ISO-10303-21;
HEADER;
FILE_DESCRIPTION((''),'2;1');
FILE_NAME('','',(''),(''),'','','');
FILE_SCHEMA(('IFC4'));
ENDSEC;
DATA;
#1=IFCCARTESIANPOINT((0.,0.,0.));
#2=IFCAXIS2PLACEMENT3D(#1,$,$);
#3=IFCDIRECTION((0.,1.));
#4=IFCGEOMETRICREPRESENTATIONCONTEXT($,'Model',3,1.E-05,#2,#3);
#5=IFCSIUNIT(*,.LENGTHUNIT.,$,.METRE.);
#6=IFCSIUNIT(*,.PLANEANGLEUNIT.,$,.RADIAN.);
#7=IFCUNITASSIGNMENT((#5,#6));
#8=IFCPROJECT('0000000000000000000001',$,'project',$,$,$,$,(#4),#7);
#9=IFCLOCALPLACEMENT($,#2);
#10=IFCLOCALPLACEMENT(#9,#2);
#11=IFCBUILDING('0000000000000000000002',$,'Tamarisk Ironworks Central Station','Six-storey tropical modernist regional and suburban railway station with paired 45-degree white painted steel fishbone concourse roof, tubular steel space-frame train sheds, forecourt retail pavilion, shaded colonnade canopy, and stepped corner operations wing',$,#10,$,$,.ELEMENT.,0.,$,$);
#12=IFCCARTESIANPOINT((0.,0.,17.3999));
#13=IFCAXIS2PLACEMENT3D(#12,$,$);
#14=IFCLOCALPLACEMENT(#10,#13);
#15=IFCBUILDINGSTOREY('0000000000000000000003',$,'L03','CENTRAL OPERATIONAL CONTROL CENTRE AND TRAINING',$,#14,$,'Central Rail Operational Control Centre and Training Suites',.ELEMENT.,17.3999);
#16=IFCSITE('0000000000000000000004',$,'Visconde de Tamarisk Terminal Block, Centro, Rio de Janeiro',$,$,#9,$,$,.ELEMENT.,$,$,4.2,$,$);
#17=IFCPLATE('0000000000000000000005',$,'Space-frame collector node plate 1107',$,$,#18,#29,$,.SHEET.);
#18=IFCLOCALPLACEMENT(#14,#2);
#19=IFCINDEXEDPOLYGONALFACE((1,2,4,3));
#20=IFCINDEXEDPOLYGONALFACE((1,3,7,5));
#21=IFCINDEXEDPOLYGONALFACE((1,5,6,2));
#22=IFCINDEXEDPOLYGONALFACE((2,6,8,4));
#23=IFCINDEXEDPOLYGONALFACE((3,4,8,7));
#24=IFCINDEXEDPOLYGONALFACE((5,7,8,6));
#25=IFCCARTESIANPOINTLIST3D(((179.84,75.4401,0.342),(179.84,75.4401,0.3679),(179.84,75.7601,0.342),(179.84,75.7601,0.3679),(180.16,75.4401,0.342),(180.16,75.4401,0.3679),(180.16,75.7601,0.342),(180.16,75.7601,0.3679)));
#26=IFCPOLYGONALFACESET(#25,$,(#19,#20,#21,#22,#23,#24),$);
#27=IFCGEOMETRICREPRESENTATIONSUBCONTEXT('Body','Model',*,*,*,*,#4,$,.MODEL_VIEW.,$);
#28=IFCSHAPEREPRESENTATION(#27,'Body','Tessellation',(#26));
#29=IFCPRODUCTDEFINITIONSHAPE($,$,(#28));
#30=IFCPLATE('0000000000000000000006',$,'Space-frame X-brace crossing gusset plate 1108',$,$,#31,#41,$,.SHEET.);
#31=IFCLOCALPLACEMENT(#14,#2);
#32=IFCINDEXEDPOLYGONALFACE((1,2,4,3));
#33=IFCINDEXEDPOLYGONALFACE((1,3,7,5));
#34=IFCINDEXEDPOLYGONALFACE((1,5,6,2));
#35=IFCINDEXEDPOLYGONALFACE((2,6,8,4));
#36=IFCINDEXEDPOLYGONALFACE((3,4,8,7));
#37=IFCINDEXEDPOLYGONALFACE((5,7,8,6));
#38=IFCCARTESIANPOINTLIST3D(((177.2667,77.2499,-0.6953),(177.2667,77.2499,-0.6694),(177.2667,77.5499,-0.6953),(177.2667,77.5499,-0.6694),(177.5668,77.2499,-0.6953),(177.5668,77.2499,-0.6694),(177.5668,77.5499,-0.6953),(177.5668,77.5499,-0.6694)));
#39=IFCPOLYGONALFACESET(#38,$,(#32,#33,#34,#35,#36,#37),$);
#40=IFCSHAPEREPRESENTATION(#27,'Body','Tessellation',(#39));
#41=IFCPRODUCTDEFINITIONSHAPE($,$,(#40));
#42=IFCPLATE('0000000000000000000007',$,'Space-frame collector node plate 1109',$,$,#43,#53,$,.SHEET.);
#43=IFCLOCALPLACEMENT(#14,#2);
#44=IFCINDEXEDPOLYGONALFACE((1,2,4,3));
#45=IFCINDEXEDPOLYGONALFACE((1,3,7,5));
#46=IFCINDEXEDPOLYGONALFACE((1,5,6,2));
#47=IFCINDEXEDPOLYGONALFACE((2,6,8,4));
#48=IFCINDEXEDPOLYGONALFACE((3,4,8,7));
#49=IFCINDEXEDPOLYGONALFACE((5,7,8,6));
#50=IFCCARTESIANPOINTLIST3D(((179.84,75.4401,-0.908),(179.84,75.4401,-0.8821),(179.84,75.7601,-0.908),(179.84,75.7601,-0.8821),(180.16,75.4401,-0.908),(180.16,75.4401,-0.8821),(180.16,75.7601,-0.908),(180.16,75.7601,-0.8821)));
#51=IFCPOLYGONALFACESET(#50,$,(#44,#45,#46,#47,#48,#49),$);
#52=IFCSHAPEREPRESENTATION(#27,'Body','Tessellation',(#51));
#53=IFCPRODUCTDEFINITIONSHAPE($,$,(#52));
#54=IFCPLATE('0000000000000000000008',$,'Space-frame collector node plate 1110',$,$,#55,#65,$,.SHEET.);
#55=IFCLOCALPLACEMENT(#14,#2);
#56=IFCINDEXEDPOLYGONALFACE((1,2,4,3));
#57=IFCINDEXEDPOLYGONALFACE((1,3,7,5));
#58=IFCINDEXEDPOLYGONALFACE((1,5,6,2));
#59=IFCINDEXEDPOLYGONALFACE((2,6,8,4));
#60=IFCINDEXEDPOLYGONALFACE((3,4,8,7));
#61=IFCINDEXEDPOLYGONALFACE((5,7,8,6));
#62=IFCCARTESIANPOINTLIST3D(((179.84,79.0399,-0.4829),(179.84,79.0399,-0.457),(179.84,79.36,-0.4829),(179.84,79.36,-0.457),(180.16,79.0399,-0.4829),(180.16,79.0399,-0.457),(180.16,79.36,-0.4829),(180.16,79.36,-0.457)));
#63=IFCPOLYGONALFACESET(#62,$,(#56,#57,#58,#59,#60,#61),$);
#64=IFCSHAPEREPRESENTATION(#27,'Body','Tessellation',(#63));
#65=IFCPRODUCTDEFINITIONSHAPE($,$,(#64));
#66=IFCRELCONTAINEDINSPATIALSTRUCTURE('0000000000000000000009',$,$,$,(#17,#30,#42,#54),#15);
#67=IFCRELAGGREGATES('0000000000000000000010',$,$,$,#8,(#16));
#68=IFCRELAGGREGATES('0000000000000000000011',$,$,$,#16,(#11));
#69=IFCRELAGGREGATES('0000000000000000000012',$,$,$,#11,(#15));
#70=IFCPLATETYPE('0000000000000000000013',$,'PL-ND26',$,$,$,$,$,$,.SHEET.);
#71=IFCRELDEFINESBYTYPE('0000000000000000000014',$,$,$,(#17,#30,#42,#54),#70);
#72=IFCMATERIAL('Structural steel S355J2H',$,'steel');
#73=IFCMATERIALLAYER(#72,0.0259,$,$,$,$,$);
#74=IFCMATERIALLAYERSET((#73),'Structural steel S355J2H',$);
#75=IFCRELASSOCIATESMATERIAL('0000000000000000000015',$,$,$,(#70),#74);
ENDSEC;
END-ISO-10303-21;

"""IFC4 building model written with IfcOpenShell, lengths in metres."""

from ifc_helpers import new_model, si_unit, direction, frame, origin, origin_2d, place, context, subcontext, project, spatial, rectangle, extrude, material, layer, layer_set, type_object, element, save


model = new_model("IFC4")

# Units and contexts
model_context = context("Model", 3, precision=1e-05, world=origin(), true_north=direction((0.0, 1.0)))
body_context = subcontext(model_context, "Body", "Model", "MODEL_VIEW")
ifc_project = project(units=[si_unit("LENGTHUNIT", "METRE"), si_unit("PLANEANGLEUNIT", "RADIAN")], contexts=[model_context])

# Site, building, storey
site_placement = place(None, origin())
site = spatial("IfcSite", under=ifc_project, at=site_placement, Name="Visconde de Tamarisk Terminal Block, Centro, Rio de Janeiro", CompositionType="ELEMENT", RefElevation=4.2)
building_placement = place(site_placement, origin())
building = spatial("IfcBuilding", under=site, at=building_placement, Name="Tamarisk Ironworks Central Station", Description="Six-storey tropical modernist regional and suburban railway station with paired 45-degree white painted steel fishbone concourse roof, tubular steel space-frame train sheds, forecourt retail pavilion, shaded colonnade canopy, and stepped corner operations wing", CompositionType="ELEMENT", ElevationOfRefHeight=0.0)
storey_placement = place(building_placement, frame((0.0, 0.0, 17.3999)))
storey = spatial("IfcBuildingStorey", under=building, at=storey_placement, Name="L03", Description="CENTRAL OPERATIONAL CONTROL CENTRE AND TRAINING", LongName="Central Rail Operational Control Centre and Training Suites", CompositionType="ELEMENT", Elevation=17.3999)

# Shared definitions
ifc_material_1 = material(Name="Structural steel S355J2H", Category="steel")

# Plates
ifc_layer_1 = layer(ifc_material_1, 0.0259)
ifc_layer_set_1 = layer_set([ifc_layer_1], Name="Structural steel S355J2H")
plate_type = type_object("IfcPlateType", Name="PL-ND26", PredefinedType="SHEET", material=ifc_layer_set_1)
for number, where, z_axis, x_axis, name in (
    (1, (180.0, 75.6001, 0.342), (0.0, 0.0, 1.0), (1.0, 0.0, 0.0), "Space-frame collector node plate 1107"),
):
    element("IfcPlate", number, at=place(storey_placement, frame(where, z_axis=z_axis, x_axis=x_axis)), inside=storey, type_object=plate_type, Name=name, PredefinedType="SHEET", context=body_context, shape_type="SweptSolid", body=[
        extrude(rectangle(XDim=0.3201, YDim=0.3201, at=origin_2d()), origin(), (0.0, 0.0, 1.0), 0.0259),
    ])
plate_1_placement = place(storey_placement, frame((177.4167, 77.3999, -0.6953), z_axis=(0.0, 0.0, 1.0), x_axis=(1.0, 0.0, 0.0)))
element("IfcPlate", 2, at=plate_1_placement, inside=storey, type_object=plate_type, Name="Space-frame X-brace crossing gusset plate 1108", PredefinedType="SHEET", context=body_context, shape_type="SweptSolid", body=[
    extrude(rectangle(XDim=0.3, YDim=0.3, at=origin_2d()), origin(), (0.0, 0.0, 1.0), 0.0259),
])
for number, where, z_axis, x_axis, name in (
    (3, (180.0, 75.6001, -0.908), (0.0, 0.0, 1.0), (1.0, 0.0, 0.0), "Space-frame collector node plate 1109"),
    (4, (180.0, 79.2, -0.4829), (0.0, 0.0, 1.0), (1.0, 0.0, 0.0), "Space-frame collector node plate 1110"),
):
    element("IfcPlate", number, at=place(storey_placement, frame(where, z_axis=z_axis, x_axis=x_axis)), inside=storey, type_object=plate_type, Name=name, PredefinedType="SHEET", context=body_context, shape_type="SweptSolid", body=[
        extrude(rectangle(XDim=0.3201, YDim=0.3201, at=origin_2d()), origin(), (0.0, 0.0, 1.0), 0.0259),
    ])

save(model, "model.ifc")
